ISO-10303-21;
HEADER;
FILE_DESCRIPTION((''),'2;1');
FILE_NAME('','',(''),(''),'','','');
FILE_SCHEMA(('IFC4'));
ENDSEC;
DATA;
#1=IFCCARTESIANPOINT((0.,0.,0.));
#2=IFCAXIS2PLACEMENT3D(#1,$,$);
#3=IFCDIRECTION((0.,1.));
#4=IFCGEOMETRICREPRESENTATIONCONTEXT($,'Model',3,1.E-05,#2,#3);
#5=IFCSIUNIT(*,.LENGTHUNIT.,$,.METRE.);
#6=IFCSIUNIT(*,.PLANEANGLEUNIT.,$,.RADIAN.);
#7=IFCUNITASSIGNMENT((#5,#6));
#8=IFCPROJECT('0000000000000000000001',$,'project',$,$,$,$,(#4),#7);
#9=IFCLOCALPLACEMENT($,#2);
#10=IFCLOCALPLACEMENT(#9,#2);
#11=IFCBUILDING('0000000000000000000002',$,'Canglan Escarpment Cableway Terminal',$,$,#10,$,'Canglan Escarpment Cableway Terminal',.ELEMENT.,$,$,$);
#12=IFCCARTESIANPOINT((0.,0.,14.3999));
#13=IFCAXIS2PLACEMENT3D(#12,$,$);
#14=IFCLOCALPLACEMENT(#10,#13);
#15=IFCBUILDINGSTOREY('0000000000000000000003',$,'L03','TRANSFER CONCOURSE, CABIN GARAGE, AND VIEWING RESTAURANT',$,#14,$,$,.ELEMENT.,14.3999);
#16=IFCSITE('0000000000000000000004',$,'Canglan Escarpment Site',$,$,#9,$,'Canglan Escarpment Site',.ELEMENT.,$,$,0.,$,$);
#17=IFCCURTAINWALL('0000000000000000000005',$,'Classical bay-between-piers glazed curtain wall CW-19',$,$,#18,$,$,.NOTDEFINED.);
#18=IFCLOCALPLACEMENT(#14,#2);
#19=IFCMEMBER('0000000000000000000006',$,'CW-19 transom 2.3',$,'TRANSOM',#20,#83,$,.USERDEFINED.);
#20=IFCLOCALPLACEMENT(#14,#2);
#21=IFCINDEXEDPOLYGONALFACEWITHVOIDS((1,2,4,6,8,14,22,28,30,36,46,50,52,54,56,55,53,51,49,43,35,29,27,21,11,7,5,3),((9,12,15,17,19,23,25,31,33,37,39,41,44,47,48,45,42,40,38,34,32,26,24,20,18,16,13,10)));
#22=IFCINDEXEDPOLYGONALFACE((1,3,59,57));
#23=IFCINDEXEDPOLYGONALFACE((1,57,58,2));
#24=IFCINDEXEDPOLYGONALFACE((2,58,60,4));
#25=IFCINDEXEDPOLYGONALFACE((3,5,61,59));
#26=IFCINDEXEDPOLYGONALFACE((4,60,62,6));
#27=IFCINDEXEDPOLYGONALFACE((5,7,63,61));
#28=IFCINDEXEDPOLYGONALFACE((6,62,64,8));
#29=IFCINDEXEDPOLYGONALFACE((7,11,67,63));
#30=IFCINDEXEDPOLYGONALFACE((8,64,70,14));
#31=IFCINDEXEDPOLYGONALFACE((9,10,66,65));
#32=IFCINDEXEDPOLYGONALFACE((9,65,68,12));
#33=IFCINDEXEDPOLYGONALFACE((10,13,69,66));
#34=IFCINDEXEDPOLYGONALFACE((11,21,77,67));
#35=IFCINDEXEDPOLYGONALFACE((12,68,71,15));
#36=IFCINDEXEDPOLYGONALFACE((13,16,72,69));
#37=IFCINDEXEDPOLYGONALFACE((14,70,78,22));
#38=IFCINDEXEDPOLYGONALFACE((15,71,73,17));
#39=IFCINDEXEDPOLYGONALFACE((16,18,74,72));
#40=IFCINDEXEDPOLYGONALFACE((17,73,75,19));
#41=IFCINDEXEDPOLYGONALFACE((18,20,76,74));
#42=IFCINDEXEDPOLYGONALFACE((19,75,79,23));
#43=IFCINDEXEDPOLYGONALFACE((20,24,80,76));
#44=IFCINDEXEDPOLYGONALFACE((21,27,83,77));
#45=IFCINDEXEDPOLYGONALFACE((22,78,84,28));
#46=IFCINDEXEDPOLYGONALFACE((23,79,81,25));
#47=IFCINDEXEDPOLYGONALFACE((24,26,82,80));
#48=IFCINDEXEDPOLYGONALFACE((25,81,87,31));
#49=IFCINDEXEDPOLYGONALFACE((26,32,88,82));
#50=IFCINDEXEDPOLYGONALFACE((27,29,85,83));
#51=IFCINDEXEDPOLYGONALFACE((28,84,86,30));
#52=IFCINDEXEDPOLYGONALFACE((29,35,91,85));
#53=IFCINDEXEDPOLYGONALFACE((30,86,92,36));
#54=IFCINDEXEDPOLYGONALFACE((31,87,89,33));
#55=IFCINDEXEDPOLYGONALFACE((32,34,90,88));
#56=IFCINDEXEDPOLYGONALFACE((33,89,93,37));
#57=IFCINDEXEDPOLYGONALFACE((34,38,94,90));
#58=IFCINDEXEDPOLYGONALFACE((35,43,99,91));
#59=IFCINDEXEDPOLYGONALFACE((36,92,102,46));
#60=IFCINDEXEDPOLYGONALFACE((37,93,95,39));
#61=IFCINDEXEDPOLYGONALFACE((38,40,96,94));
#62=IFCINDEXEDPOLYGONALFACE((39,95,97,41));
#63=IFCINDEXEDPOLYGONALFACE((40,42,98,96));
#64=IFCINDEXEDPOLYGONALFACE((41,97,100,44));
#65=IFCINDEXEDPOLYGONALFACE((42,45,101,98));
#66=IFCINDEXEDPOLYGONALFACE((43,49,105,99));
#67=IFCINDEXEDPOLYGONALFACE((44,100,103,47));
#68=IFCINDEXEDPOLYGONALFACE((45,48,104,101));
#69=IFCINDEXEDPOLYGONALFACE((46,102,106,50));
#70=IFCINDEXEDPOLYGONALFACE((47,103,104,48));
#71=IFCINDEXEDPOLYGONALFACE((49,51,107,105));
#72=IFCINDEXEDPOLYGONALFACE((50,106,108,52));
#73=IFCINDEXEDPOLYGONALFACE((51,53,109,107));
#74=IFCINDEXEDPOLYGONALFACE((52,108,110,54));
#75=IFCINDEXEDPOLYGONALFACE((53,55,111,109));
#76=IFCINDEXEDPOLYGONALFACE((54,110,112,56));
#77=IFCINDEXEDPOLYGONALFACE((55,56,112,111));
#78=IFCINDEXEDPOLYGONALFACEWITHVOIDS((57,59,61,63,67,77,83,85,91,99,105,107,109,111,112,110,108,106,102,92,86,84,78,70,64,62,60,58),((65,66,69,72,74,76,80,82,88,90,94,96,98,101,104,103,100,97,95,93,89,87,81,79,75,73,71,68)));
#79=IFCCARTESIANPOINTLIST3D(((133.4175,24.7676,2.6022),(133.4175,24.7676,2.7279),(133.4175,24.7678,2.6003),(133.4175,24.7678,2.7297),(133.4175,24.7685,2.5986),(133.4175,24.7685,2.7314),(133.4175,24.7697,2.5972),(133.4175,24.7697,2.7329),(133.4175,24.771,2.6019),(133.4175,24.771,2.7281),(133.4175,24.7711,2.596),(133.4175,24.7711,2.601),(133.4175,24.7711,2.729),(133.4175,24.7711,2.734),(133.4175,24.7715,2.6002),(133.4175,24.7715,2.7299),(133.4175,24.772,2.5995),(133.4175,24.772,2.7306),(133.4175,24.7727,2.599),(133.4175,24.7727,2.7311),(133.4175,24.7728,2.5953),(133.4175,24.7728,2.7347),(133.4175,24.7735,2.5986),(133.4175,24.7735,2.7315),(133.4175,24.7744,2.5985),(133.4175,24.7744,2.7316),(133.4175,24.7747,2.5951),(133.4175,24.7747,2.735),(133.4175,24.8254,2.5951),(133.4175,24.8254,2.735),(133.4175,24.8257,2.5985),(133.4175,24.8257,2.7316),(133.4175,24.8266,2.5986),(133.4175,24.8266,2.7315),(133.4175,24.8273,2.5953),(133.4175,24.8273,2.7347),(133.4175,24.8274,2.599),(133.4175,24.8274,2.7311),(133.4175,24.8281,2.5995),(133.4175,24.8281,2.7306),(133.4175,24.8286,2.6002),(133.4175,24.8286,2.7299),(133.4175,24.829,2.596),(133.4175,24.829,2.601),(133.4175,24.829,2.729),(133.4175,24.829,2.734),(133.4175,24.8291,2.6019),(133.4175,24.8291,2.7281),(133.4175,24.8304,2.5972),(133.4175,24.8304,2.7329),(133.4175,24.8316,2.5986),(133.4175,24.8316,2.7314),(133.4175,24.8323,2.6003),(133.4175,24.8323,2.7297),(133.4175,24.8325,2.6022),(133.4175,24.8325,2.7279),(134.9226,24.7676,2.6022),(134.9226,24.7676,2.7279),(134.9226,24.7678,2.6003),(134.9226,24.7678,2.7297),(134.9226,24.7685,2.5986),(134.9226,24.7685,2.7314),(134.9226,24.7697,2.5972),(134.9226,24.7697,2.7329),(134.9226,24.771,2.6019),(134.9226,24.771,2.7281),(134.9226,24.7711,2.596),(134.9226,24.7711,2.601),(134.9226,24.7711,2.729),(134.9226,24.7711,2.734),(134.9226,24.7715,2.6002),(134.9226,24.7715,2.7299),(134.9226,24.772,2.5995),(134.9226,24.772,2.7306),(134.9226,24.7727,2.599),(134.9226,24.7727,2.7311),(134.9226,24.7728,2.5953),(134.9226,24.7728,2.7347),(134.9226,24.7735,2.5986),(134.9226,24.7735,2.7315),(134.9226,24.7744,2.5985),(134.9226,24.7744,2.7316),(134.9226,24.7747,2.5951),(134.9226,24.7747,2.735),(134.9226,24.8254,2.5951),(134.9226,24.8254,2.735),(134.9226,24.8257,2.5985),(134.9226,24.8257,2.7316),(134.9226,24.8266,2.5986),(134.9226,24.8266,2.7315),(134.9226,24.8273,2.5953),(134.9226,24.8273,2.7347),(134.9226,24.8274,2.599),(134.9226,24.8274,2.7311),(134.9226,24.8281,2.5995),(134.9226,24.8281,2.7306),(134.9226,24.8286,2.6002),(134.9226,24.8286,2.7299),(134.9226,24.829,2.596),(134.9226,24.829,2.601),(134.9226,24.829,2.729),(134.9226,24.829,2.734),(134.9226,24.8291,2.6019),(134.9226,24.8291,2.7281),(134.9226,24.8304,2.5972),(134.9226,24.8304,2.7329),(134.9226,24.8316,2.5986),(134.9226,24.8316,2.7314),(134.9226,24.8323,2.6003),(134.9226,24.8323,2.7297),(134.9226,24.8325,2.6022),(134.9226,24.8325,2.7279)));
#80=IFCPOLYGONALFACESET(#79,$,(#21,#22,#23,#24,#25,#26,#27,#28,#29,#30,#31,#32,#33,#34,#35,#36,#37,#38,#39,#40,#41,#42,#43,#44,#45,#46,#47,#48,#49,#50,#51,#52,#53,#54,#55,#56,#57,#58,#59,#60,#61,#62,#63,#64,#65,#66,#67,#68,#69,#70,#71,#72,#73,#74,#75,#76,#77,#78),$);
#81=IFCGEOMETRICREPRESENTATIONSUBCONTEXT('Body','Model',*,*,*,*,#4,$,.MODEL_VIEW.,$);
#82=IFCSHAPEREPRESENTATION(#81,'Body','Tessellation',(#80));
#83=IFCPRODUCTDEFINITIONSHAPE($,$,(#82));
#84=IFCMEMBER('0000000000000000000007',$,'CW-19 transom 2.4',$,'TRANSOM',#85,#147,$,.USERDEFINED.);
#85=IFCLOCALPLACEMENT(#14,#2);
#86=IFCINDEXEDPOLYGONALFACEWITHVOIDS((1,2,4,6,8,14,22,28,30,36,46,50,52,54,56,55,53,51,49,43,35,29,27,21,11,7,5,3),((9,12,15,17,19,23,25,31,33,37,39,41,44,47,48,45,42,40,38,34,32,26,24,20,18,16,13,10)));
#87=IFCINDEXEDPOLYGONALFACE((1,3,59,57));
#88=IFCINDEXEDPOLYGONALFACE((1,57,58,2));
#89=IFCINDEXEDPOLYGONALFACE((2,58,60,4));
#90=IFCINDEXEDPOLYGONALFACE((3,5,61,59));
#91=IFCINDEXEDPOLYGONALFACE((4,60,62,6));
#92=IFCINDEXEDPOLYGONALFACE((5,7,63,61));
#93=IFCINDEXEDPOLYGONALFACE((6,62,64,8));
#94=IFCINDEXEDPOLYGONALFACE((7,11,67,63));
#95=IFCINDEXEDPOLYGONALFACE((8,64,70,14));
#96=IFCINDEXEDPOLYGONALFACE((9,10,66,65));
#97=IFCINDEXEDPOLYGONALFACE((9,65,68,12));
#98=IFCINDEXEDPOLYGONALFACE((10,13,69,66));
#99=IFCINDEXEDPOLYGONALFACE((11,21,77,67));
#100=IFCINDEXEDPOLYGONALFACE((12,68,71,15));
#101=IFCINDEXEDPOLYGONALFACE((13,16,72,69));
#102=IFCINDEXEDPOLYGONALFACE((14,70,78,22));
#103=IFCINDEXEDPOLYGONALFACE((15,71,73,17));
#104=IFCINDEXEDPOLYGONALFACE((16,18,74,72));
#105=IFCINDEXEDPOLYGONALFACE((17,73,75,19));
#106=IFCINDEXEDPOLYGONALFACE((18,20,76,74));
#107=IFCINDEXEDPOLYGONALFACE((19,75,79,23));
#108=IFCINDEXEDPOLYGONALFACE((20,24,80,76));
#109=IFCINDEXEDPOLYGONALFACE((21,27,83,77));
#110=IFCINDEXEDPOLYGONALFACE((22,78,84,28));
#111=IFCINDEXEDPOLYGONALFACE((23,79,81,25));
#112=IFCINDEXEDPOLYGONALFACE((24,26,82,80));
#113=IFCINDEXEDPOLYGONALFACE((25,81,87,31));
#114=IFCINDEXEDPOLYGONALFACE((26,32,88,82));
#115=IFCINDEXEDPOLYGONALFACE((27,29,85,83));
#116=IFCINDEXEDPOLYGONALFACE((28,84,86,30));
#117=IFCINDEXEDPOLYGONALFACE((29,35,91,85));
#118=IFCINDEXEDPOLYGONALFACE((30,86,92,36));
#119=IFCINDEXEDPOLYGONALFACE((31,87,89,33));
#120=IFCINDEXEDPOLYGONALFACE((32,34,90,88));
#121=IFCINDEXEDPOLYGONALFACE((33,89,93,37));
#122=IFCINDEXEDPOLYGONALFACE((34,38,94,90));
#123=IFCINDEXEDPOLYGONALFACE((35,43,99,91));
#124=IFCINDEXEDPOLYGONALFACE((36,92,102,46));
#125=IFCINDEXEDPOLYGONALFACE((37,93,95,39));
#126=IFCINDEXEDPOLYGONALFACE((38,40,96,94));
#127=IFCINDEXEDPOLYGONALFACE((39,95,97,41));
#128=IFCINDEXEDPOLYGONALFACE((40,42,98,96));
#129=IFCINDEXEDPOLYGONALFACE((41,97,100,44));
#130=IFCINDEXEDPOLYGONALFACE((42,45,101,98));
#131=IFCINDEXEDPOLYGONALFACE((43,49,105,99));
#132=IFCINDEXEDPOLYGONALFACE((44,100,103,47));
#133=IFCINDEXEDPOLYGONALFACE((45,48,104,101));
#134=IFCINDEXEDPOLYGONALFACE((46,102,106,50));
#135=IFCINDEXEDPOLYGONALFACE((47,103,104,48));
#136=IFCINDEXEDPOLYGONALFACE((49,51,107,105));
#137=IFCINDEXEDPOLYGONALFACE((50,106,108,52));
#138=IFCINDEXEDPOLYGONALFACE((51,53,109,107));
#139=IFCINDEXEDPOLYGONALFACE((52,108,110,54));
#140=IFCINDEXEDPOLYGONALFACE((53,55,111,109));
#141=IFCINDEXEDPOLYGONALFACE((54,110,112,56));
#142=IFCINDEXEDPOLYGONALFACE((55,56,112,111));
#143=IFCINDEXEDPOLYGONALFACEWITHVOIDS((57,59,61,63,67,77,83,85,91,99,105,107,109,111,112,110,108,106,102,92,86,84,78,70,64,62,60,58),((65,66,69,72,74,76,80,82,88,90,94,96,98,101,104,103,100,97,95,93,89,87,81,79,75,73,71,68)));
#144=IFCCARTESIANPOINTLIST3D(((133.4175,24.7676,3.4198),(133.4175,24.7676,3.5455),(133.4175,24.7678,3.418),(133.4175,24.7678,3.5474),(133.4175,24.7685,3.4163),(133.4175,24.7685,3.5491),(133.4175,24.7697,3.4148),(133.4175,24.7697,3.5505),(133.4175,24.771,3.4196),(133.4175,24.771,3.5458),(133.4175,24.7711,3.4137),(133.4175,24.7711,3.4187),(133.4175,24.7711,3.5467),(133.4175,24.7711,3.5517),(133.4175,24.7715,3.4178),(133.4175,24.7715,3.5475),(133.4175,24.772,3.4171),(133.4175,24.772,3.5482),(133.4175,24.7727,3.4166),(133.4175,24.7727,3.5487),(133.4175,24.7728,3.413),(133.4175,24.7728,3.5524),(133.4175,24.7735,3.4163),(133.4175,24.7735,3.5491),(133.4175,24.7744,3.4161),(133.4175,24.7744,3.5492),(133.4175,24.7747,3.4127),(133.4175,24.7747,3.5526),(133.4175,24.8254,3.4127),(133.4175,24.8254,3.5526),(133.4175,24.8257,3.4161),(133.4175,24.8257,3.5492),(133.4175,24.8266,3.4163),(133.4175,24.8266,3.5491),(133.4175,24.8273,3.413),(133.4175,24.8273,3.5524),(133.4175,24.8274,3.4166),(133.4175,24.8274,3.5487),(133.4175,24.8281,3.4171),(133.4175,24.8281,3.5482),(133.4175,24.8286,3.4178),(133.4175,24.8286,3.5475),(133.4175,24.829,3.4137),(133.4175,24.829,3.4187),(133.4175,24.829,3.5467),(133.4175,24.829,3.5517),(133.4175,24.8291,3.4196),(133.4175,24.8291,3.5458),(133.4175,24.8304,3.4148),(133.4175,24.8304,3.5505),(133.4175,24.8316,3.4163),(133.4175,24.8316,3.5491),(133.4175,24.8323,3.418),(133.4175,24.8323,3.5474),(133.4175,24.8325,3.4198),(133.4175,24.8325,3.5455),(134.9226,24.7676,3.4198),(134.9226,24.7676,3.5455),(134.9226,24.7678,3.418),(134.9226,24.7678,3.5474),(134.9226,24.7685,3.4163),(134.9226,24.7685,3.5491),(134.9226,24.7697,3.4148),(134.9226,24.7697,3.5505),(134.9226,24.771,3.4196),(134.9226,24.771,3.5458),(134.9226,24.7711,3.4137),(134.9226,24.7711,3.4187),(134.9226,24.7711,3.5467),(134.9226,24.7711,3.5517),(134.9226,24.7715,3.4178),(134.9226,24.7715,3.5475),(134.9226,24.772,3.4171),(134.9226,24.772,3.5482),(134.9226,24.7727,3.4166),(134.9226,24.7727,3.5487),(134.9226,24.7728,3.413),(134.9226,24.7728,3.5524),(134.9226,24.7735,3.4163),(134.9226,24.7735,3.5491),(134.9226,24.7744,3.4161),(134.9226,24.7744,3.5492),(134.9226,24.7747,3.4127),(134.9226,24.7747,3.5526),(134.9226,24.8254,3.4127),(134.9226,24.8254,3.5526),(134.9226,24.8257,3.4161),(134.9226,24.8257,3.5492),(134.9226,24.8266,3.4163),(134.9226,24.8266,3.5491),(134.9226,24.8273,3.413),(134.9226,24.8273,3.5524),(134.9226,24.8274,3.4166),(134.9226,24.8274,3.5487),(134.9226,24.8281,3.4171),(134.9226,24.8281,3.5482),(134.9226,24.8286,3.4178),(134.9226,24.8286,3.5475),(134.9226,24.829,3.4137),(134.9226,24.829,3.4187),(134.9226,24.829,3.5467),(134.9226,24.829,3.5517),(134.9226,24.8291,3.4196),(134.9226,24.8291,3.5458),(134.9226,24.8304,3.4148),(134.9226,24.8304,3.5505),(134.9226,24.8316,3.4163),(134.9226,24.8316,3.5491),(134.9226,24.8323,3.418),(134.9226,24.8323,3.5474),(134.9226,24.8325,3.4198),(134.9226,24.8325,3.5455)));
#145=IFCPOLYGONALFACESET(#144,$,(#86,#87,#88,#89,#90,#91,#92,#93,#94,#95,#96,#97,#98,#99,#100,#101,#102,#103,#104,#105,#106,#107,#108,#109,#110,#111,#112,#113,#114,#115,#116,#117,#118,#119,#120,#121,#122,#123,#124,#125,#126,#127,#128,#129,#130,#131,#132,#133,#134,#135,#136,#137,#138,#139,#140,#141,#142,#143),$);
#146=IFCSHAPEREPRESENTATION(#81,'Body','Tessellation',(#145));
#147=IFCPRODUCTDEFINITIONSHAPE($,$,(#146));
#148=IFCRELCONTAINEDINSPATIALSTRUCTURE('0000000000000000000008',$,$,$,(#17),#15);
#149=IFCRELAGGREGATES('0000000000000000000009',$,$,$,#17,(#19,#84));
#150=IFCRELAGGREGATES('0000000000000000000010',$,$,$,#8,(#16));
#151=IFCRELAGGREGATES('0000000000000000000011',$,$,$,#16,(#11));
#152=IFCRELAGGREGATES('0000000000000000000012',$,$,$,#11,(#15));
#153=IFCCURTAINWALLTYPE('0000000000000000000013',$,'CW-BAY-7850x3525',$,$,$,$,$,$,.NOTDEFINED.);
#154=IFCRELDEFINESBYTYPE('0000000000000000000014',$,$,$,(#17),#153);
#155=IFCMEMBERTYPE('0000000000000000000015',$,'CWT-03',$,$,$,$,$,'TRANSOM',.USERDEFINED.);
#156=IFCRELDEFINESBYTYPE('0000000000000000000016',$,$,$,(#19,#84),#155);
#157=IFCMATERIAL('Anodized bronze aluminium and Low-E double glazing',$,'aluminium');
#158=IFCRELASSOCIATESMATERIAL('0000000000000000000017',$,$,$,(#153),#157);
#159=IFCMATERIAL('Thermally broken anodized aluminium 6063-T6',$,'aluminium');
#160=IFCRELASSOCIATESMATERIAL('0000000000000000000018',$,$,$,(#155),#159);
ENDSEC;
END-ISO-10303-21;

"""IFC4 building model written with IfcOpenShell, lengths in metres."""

from ifc_helpers import new_model, si_unit, direction, frame, origin, origin_2d, place, context, subcontext, project, spatial, hollow_rectangle, extrude, material, material_profile, profile_set, type_object, element, aggregate, save


model = new_model("IFC4")

# Units and contexts
model_context = context("Model", 3, precision=1e-05, world=origin(), true_north=direction((0.0, 1.0)))
body_context = subcontext(model_context, "Body", "Model", "MODEL_VIEW")
ifc_project = project(units=[si_unit("LENGTHUNIT", "METRE"), si_unit("PLANEANGLEUNIT", "RADIAN")], contexts=[model_context])

# Site, building, storey
site_placement = place(None, origin())
site = spatial("IfcSite", under=ifc_project, at=site_placement, Name="Canglan Escarpment Site", LongName="Canglan Escarpment Site", CompositionType="ELEMENT", RefElevation=0.0)
building_placement = place(site_placement, origin())
building = spatial("IfcBuilding", under=site, at=building_placement, Name="Canglan Escarpment Cableway Terminal", LongName="Canglan Escarpment Cableway Terminal", CompositionType="ELEMENT")
storey_placement = place(building_placement, frame((0.0, 0.0, 14.3999)))
storey = spatial("IfcBuildingStorey", under=building, at=storey_placement, Name="L03", Description="TRANSFER CONCOURSE, CABIN GARAGE, AND VIEWING RESTAURANT", CompositionType="ELEMENT", Elevation=14.3999)

# Curtain wall, members
ifc_material_1 = material(Name="Anodized bronze aluminium and Low-E double glazing", Category="aluminium")
curtain_wall_type = type_object("IfcCurtainWallType", Name="CW-BAY-7850x3525", PredefinedType="NOTDEFINED", material=ifc_material_1)
curtain_wall_placement = place(storey_placement, origin())
curtain_wall = element("IfcCurtainWall", 1, at=curtain_wall_placement, inside=storey, type_object=curtain_wall_type, Name="Classical bay-between-piers glazed curtain wall CW-19", PredefinedType="NOTDEFINED")
ifc_material_2 = material(Name="Thermally broken anodized aluminium 6063-T6", Category="aluminium")
ifc_material_profile_1 = material_profile(ifc_material_2, hollow_rectangle(XDim=0.0649, YDim=0.1399, WallThickness=0.0034, InnerFilletRadius=0.0034, OuterFilletRadius=0.0071, at=origin_2d()), Name="ALU-TRAN 65x140x3.5")
ifc_profile_set_1 = profile_set([ifc_material_profile_1], Name="Thermally broken anodized aluminium 6063-T6")
member_type_1 = type_object("IfcMemberType", Name="CWT-03", ElementType="TRANSOM", PredefinedType="USERDEFINED", material=ifc_profile_set_1)
member_1_placement = place(storey_placement, frame((134.9226, 24.8, 2.665), z_axis=(-1.0, 0.0, 0.0), x_axis=(0.0, -1.0, 0.0)))
member_1 = element("IfcMember", 2, at=member_1_placement, type_object=member_type_1, Name="CW-19 transom 2.3", ObjectType="TRANSOM", PredefinedType="USERDEFINED", context=body_context, shape_type="SweptSolid", body=[
    extrude(hollow_rectangle(XDim=0.0649, YDim=0.1399, WallThickness=0.0034, InnerFilletRadius=0.0034, OuterFilletRadius=0.0071, at=origin_2d()), origin(), (0.0, 0.0, 1.0), 1.5051),
])
member_2_placement = place(storey_placement, frame((134.9226, 24.8, 3.4827), z_axis=(-1.0, 0.0, 0.0), x_axis=(0.0, -1.0, 0.0)))
member_2 = element("IfcMember", 3, at=member_2_placement, type_object=member_type_1, Name="CW-19 transom 2.4", ObjectType="TRANSOM", PredefinedType="USERDEFINED", context=body_context, shape_type="SweptSolid", body=[
    extrude(hollow_rectangle(XDim=0.0649, YDim=0.1399, WallThickness=0.0034, InnerFilletRadius=0.0034, OuterFilletRadius=0.0071, at=origin_2d()), origin(), (0.0, 0.0, 1.0), 1.5051),
])

aggregate(curtain_wall, [member_1, member_2])

save(model, "model.ifc")
